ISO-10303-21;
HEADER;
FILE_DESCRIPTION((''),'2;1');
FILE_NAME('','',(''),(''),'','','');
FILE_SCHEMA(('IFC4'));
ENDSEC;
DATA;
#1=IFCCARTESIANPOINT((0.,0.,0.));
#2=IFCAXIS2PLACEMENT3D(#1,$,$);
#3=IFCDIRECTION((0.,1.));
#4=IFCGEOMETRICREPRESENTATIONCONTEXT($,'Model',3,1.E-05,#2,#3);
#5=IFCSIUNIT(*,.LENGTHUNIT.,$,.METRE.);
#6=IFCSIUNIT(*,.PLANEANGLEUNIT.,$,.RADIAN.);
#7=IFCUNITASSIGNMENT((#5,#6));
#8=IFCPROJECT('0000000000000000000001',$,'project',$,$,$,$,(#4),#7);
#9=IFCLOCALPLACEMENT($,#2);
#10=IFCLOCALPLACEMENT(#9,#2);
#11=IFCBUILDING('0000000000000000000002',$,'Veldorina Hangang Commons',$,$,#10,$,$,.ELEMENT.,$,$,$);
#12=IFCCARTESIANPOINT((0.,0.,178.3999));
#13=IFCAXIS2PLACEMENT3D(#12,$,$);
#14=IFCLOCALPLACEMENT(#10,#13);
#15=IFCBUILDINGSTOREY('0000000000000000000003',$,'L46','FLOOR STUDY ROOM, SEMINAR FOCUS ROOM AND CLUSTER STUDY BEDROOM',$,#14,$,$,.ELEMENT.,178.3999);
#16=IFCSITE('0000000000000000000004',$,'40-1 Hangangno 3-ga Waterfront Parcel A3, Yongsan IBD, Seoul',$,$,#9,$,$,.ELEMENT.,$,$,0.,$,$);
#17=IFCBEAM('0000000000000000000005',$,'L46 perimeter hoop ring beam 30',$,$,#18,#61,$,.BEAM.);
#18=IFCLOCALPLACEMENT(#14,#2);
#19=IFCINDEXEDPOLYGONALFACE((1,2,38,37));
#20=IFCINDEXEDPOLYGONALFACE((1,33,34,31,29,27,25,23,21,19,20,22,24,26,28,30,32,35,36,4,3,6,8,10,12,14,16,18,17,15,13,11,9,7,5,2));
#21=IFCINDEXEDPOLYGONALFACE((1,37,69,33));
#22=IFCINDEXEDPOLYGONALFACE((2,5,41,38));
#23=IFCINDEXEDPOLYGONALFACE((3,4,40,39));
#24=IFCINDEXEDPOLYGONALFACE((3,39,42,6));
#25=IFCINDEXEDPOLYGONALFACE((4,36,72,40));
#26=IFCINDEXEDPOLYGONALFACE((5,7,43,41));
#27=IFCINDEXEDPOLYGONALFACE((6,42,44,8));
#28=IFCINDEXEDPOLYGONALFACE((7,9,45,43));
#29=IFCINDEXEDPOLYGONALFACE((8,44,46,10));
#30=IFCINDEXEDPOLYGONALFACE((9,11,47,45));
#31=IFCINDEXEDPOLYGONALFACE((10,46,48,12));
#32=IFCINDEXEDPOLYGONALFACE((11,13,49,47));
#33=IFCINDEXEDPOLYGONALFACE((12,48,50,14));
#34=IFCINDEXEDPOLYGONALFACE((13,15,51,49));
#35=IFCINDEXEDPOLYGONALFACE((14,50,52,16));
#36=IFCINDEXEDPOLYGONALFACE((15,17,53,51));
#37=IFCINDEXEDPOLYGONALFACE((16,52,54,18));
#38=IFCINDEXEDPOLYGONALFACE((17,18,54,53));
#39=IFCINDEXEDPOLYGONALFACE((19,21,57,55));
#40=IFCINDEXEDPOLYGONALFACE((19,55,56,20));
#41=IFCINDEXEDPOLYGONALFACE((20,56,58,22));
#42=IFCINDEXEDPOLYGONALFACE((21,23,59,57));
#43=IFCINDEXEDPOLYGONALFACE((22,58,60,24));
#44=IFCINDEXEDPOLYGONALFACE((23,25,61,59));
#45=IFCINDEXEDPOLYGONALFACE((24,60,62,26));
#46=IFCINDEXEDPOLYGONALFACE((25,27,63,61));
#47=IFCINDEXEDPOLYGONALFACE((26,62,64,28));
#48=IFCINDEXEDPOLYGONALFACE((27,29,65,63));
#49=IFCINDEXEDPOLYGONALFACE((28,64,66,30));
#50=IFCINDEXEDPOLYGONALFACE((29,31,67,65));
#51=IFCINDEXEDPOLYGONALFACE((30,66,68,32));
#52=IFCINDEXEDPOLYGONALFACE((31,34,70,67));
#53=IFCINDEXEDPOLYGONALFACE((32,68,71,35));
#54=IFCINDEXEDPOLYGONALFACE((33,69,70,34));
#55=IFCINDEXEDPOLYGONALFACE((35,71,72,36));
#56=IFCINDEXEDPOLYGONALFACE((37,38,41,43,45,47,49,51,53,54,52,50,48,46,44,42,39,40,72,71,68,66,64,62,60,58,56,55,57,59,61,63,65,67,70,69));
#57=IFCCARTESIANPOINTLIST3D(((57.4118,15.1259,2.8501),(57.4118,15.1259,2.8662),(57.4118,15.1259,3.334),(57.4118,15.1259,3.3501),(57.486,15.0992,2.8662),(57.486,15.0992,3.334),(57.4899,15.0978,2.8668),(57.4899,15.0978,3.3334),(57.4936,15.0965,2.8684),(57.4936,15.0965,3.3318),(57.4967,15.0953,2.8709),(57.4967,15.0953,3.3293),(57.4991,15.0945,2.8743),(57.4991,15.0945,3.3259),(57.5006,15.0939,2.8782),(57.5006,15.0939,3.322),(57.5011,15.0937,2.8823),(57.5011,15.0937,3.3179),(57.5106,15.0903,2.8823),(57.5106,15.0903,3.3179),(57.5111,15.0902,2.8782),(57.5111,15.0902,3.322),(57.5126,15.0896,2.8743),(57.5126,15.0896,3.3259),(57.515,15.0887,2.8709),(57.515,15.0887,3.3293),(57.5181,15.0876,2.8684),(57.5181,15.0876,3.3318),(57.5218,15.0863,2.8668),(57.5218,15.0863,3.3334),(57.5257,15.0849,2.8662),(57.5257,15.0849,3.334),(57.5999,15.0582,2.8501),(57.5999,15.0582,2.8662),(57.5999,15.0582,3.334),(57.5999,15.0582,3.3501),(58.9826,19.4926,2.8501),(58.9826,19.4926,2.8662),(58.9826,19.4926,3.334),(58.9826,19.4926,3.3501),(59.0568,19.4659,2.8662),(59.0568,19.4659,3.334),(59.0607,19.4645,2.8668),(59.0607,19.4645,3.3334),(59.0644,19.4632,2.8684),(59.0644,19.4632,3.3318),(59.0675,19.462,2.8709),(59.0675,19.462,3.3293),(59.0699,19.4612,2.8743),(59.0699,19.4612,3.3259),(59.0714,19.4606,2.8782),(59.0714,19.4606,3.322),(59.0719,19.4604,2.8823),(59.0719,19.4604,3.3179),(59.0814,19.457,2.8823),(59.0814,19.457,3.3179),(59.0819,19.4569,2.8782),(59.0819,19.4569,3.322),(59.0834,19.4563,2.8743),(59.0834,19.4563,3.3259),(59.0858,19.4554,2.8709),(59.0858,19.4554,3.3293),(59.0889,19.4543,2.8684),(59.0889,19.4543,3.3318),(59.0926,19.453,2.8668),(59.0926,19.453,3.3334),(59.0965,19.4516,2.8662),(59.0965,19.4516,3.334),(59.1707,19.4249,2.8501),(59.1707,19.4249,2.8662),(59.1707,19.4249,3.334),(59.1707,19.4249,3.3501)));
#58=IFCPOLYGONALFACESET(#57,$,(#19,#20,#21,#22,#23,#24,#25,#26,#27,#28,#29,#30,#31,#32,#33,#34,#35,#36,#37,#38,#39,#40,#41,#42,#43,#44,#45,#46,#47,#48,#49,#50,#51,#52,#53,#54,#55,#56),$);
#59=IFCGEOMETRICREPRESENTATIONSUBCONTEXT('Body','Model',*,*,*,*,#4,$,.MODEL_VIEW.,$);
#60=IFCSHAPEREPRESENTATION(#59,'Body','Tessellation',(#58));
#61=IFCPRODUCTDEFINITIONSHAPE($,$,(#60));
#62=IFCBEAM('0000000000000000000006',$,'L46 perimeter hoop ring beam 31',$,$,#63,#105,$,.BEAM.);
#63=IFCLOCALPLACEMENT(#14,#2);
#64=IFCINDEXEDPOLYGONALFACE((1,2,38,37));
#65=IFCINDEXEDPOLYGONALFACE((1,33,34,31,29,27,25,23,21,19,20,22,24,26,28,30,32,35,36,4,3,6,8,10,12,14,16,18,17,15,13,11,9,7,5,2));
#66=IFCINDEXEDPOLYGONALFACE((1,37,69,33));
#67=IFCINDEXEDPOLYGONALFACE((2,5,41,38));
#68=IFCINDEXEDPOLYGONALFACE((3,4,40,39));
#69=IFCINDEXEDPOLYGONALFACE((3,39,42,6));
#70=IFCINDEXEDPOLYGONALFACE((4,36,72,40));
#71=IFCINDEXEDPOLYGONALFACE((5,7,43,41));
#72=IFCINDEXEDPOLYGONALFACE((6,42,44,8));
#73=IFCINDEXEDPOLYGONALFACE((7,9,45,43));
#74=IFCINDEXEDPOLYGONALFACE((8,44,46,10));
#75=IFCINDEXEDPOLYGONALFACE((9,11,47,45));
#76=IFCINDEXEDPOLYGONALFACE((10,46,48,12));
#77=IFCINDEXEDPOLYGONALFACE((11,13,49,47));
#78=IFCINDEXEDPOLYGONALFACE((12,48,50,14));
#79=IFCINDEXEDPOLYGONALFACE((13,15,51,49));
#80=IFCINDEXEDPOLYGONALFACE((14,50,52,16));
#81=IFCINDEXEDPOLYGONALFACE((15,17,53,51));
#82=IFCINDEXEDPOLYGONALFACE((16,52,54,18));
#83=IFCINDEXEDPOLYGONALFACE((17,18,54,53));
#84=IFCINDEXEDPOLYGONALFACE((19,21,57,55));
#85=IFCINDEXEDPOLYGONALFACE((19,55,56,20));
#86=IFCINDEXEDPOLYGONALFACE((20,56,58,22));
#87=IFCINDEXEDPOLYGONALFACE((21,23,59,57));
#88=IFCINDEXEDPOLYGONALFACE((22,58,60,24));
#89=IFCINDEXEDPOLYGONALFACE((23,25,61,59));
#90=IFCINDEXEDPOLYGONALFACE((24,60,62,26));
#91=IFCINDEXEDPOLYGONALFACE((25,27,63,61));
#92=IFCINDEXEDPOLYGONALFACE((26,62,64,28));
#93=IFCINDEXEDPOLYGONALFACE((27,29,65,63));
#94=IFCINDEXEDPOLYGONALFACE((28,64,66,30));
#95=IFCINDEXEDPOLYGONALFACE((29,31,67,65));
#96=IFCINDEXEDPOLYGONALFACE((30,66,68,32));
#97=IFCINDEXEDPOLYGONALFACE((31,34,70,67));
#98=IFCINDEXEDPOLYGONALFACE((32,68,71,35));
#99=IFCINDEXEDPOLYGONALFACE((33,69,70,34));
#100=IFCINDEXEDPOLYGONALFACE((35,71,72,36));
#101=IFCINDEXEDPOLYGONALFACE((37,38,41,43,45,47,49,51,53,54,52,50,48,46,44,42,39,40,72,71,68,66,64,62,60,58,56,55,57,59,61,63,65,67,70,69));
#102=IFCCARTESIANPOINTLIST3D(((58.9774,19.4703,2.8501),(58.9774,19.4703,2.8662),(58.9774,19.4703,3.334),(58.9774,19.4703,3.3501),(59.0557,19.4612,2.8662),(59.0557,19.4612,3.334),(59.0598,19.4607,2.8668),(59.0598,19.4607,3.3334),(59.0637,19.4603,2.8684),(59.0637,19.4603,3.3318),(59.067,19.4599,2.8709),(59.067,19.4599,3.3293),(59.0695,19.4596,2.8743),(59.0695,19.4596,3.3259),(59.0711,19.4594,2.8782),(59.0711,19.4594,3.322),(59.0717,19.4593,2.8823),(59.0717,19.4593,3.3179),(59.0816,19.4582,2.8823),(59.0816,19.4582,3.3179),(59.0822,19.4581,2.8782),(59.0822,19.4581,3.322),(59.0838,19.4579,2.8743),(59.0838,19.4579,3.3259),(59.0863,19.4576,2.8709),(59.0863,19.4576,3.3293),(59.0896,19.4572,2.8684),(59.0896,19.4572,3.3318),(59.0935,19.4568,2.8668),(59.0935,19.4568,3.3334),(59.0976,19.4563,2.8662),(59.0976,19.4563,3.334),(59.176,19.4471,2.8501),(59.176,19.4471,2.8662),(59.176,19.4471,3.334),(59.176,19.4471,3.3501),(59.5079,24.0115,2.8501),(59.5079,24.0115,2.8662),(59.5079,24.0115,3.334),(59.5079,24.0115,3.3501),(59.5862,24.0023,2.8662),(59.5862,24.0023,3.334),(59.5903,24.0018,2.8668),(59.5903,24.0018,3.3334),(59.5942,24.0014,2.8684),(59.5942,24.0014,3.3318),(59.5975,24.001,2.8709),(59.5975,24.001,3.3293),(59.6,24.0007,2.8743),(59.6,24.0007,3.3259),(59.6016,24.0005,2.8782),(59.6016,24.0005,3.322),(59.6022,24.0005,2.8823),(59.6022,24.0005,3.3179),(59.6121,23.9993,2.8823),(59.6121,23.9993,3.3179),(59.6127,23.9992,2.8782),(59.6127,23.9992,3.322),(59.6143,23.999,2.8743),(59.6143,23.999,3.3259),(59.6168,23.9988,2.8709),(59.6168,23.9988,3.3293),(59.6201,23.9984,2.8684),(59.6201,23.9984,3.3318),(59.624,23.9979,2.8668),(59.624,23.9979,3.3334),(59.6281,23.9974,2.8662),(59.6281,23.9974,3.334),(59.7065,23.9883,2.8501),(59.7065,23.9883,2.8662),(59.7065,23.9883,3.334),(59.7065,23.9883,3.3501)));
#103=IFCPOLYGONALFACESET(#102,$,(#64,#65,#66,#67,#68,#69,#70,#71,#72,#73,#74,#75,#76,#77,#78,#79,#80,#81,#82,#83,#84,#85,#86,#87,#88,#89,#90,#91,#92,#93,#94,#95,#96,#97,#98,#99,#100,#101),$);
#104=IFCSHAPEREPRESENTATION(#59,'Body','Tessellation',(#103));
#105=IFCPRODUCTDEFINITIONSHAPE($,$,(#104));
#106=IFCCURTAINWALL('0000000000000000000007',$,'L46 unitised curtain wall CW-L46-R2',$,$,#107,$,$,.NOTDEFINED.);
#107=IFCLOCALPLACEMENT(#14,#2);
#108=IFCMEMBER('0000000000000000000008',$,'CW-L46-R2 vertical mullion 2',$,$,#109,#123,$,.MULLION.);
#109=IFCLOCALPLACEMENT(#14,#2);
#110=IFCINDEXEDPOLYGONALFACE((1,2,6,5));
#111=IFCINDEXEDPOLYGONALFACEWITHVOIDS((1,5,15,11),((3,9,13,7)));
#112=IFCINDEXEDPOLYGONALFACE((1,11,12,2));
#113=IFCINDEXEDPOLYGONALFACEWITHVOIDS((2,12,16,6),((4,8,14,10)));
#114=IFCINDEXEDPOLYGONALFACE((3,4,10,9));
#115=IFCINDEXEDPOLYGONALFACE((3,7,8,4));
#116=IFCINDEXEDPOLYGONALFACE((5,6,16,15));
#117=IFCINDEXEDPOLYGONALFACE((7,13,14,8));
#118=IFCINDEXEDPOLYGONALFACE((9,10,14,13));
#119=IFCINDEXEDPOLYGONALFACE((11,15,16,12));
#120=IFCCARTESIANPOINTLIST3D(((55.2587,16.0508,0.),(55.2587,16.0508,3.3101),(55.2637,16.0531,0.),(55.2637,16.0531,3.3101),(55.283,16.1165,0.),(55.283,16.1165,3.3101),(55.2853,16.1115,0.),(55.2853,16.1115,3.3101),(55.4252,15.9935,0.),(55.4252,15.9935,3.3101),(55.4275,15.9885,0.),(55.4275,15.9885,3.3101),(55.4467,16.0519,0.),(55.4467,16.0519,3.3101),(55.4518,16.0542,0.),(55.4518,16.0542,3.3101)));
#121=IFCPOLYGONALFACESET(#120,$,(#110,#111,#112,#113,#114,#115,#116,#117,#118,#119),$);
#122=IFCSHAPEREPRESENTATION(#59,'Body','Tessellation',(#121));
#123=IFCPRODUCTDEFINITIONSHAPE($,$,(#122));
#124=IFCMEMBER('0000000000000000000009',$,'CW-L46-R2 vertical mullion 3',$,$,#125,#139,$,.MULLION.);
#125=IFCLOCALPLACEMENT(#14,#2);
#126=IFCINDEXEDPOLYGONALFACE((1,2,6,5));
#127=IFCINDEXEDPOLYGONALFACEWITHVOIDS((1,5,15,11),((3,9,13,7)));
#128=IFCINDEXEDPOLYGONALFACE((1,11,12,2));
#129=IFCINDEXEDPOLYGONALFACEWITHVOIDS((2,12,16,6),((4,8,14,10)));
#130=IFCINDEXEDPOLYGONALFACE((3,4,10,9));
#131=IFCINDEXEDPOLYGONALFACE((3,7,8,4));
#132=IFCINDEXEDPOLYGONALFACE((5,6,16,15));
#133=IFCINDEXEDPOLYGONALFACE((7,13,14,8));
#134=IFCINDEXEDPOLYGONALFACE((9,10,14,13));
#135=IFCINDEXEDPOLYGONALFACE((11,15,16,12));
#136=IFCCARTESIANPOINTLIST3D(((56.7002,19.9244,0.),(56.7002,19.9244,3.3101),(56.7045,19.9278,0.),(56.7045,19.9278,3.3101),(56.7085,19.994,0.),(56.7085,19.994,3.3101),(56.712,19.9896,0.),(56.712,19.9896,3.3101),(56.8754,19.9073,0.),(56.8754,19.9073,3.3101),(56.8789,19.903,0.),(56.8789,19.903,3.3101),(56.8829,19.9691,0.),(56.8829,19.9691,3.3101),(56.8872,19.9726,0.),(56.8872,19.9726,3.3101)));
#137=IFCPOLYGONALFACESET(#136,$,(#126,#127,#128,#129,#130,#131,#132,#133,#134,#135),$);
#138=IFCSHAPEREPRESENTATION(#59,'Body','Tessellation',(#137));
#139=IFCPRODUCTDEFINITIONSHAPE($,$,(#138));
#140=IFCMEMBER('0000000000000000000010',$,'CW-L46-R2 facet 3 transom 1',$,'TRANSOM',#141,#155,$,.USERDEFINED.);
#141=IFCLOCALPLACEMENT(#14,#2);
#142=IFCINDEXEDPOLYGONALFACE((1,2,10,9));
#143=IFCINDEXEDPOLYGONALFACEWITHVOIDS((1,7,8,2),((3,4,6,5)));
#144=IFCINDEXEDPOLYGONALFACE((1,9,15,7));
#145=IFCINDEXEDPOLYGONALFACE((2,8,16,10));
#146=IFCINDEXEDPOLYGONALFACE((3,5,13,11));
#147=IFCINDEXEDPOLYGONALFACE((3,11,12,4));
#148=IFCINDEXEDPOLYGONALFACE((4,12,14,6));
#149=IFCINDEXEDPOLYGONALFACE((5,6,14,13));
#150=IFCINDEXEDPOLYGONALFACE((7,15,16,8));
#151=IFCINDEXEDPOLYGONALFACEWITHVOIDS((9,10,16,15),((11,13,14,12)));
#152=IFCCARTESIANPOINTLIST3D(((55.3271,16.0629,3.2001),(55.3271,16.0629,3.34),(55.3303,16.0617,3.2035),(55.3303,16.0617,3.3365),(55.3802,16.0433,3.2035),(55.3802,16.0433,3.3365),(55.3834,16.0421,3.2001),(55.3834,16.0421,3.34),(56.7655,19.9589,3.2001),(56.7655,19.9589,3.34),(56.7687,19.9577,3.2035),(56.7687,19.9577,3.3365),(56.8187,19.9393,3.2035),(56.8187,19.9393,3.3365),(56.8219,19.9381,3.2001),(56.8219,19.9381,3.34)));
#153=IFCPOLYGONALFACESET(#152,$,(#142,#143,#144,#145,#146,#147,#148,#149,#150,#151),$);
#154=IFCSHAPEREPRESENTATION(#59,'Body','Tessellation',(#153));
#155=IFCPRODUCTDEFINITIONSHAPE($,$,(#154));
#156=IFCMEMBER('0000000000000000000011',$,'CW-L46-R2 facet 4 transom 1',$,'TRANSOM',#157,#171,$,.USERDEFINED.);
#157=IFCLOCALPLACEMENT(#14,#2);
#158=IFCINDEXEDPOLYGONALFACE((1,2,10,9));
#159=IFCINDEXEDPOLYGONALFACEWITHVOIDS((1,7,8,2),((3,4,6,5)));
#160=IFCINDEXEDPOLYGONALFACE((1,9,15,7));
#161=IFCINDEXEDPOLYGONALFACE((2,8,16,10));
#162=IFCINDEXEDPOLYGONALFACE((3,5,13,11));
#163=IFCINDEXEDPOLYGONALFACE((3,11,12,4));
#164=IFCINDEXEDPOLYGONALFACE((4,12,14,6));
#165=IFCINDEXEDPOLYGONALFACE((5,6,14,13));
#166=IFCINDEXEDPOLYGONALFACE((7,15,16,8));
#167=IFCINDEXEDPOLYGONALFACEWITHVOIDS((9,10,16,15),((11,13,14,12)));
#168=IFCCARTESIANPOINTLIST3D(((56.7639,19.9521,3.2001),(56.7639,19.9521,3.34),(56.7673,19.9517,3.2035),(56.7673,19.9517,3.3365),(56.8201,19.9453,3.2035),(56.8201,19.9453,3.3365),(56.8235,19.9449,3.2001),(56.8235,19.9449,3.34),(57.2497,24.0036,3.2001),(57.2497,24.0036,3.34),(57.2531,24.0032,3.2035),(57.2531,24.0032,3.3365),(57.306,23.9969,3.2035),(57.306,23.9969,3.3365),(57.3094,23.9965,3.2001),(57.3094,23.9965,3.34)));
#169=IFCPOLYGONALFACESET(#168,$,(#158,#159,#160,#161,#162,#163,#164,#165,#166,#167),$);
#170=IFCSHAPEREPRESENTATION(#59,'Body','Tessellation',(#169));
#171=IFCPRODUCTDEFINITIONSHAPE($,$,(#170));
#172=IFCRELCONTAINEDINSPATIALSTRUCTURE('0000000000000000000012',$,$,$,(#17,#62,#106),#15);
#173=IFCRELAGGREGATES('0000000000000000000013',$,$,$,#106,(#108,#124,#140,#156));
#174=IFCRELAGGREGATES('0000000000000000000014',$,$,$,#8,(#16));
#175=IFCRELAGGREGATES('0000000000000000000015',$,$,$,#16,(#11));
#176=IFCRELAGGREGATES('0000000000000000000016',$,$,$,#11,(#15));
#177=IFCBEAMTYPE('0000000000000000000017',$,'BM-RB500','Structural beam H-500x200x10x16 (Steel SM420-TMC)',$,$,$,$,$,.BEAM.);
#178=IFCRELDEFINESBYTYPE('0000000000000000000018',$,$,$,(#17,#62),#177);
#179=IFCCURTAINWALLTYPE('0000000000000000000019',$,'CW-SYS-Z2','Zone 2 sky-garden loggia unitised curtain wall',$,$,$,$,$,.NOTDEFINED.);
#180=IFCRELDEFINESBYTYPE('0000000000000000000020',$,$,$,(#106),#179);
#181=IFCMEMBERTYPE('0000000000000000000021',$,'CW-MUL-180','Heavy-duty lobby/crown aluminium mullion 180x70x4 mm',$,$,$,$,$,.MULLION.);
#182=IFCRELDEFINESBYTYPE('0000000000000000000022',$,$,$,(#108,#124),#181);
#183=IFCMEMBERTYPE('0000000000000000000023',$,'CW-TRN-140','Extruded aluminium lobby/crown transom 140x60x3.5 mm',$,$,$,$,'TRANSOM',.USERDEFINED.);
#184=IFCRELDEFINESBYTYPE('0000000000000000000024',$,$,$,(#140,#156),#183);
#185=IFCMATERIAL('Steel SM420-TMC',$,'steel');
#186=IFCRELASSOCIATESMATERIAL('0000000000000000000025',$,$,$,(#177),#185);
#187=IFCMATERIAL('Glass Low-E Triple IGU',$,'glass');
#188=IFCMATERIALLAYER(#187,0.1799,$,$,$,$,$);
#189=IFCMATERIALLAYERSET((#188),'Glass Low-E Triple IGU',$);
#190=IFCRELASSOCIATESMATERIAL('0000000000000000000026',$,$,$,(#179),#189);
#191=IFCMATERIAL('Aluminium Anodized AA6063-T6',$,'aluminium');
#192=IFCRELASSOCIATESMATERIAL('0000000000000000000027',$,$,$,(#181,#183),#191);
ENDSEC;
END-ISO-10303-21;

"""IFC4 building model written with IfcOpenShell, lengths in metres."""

from ifc_helpers import new_model, si_unit, direction, frame, origin, origin_2d, place, context, subcontext, project, spatial, hollow_rectangle, i_section, extrude, material, layer, layer_set, material_profile, profile_set, type_object, element, aggregate, save


model = new_model("IFC4")

# Units and contexts
model_context = context("Model", 3, precision=1e-05, world=origin(), true_north=direction((0.0, 1.0)))
body_context = subcontext(model_context, "Body", "Model", "MODEL_VIEW")
ifc_project = project(units=[si_unit("LENGTHUNIT", "METRE"), si_unit("PLANEANGLEUNIT", "RADIAN")], contexts=[model_context])

# Site, building, storey
site_placement = place(None, origin())
site = spatial("IfcSite", under=ifc_project, at=site_placement, Name="40-1 Hangangno 3-ga Waterfront Parcel A3, Yongsan IBD, Seoul", CompositionType="ELEMENT", RefElevation=0.0)
building_placement = place(site_placement, origin())
building = spatial("IfcBuilding", under=site, at=building_placement, Name="Veldorina Hangang Commons", CompositionType="ELEMENT")
storey_placement = place(building_placement, frame((0.0, 0.0, 178.3999)))
storey = spatial("IfcBuildingStorey", under=building, at=storey_placement, Name="L46", Description="FLOOR STUDY ROOM, SEMINAR FOCUS ROOM AND CLUSTER STUDY BEDROOM", CompositionType="ELEMENT", Elevation=178.3999)

# Beams
ifc_material_1 = material(Name="Steel SM420-TMC", Category="steel")
ifc_material_profile_1 = material_profile(ifc_material_1, i_section(OverallWidth=0.2, OverallDepth=0.5, WebThickness=0.01, FlangeThickness=0.0161, FilletRadius=0.0161, at=origin_2d()), Name="H-500x200x10x16")
ifc_profile_set_1 = profile_set([ifc_material_profile_1], Name="Steel SM420-TMC")
beam_type = type_object("IfcBeamType", Name="BM-RB500", Description="Structural beam H-500x200x10x16 (Steel SM420-TMC)", PredefinedType="BEAM", material=ifc_profile_set_1)
beam_1_placement = place(storey_placement, frame((57.5059, 15.092, 3.1001), z_axis=(0.338488, 0.940971, 0.0), x_axis=(-0.940971, 0.338488, 0.0)))
element("IfcBeam", 1, at=beam_1_placement, inside=storey, type_object=beam_type, Name="L46 perimeter hoop ring beam 30", PredefinedType="BEAM", context=body_context, shape_type="SweptSolid", body=[
    extrude(i_section(OverallWidth=0.2, OverallDepth=0.5, WebThickness=0.01, FlangeThickness=0.0161, FilletRadius=0.0161, at=origin_2d()), origin(), (0.0, 0.0, 1.0), 4.6406),
])
beam_2_placement = place(storey_placement, frame((59.0767, 19.4587, 3.1001), z_axis=(0.116033, 0.993245, 0.0), x_axis=(-0.993245, 0.116033, 0.0)))
element("IfcBeam", 2, at=beam_2_placement, inside=storey, type_object=beam_type, Name="L46 perimeter hoop ring beam 31", PredefinedType="BEAM", context=body_context, shape_type="SweptSolid", body=[
    extrude(i_section(OverallWidth=0.2, OverallDepth=0.5, WebThickness=0.01, FlangeThickness=0.0161, FilletRadius=0.0161, at=origin_2d()), origin(), (0.0, 0.0, 1.0), 4.572),
])

# Curtain wall, members
ifc_material_2 = material(Name="Glass Low-E Triple IGU", Category="glass")
ifc_layer_1 = layer(ifc_material_2, 0.1799)
ifc_layer_set_1 = layer_set([ifc_layer_1], Name="Glass Low-E Triple IGU")
curtain_wall_type = type_object("IfcCurtainWallType", Name="CW-SYS-Z2", Description="Zone 2 sky-garden loggia unitised curtain wall", PredefinedType="NOTDEFINED", material=ifc_layer_set_1)
curtain_wall_placement = place(storey_placement, origin())
curtain_wall = element("IfcCurtainWall", 3, at=curtain_wall_placement, inside=storey, type_object=curtain_wall_type, Name="L46 unitised curtain wall CW-L46-R2", PredefinedType="NOTDEFINED")
ifc_material_3 = material(Name="Aluminium Anodized AA6063-T6", Category="aluminium")
ifc_material_profile_2 = material_profile(ifc_material_3, hollow_rectangle(XDim=0.0701, YDim=0.1799, WallThickness=0.0039, at=origin_2d()), Name="ALU-RHS-180x70x4")
ifc_profile_set_2 = profile_set([ifc_material_profile_2], Name="Aluminium Anodized AA6063-T6")
member_type_1 = type_object("IfcMemberType", Name="CW-MUL-180", Description="Heavy-duty lobby/crown aluminium mullion 180x70x4 mm", PredefinedType="MULLION", material=ifc_profile_set_2)
member_1_placement = place(storey_placement, frame((55.3552, 16.0525, 0.0), z_axis=(0.0, 0.0, 1.0), x_axis=(0.346395, 0.938089, 0.0)))
member_1 = element("IfcMember", 4, at=member_1_placement, type_object=member_type_1, Name="CW-L46-R2 vertical mullion 2", PredefinedType="MULLION", context=body_context, shape_type="SweptSolid", body=[
    extrude(hollow_rectangle(XDim=0.0701, YDim=0.1799, WallThickness=0.0039, at=origin_2d()), origin(), (0.0, 0.0, 1.0), 3.3101),
])
member_2_placement = place(storey_placement, frame((56.7937, 19.9485, 0.0), z_axis=(0.0, 0.0, 1.0), x_axis=(0.119028, 0.992891, 0.0)))
member_2 = element("IfcMember", 5, at=member_2_placement, type_object=member_type_1, Name="CW-L46-R2 vertical mullion 3", PredefinedType="MULLION", context=body_context, shape_type="SweptSolid", body=[
    extrude(hollow_rectangle(XDim=0.0701, YDim=0.1799, WallThickness=0.0039, at=origin_2d()), origin(), (0.0, 0.0, 1.0), 3.3101),
])
ifc_material_profile_3 = material_profile(ifc_material_3, hollow_rectangle(XDim=0.0601, YDim=0.1399, WallThickness=0.0034, at=origin_2d()), Name="ALU-RHS-140x60x3.5")
ifc_profile_set_3 = profile_set([ifc_material_profile_3], Name="Aluminium Anodized AA6063-T6")
member_type_2 = type_object("IfcMemberType", Name="CW-TRN-140", Description="Extruded aluminium lobby/crown transom 140x60x3.5 mm", ElementType="TRANSOM", PredefinedType="USERDEFINED", material=ifc_profile_set_3)
member_3_placement = place(storey_placement, frame((55.3552, 16.0525, 3.27), z_axis=(0.346365, 0.9381, 0.0), x_axis=(-0.9381, 0.346365, 0.0)))
member_3 = element("IfcMember", 6, at=member_3_placement, type_object=member_type_2, Name="CW-L46-R2 facet 3 transom 1", ObjectType="TRANSOM", PredefinedType="USERDEFINED", context=body_context, shape_type="SweptSolid", body=[
    extrude(hollow_rectangle(XDim=0.0601, YDim=0.1399, WallThickness=0.0034, at=origin_2d()), origin(), (0.0, 0.0, 1.0), 4.1531),
])
member_4_placement = place(storey_placement, frame((56.7937, 19.9485, 3.27), z_axis=(0.119063, 0.992887, 0.0), x_axis=(-0.992887, 0.119063, 0.0)))
member_4 = element("IfcMember", 7, at=member_4_placement, type_object=member_type_2, Name="CW-L46-R2 facet 4 transom 1", ObjectType="TRANSOM", PredefinedType="USERDEFINED", context=body_context, shape_type="SweptSolid", body=[
    extrude(hollow_rectangle(XDim=0.0601, YDim=0.1399, WallThickness=0.0034, at=origin_2d()), origin(), (0.0, 0.0, 1.0), 4.0806),
])

aggregate(curtain_wall, [member_1, member_2, member_3, member_4])

save(model, "model.ifc")
